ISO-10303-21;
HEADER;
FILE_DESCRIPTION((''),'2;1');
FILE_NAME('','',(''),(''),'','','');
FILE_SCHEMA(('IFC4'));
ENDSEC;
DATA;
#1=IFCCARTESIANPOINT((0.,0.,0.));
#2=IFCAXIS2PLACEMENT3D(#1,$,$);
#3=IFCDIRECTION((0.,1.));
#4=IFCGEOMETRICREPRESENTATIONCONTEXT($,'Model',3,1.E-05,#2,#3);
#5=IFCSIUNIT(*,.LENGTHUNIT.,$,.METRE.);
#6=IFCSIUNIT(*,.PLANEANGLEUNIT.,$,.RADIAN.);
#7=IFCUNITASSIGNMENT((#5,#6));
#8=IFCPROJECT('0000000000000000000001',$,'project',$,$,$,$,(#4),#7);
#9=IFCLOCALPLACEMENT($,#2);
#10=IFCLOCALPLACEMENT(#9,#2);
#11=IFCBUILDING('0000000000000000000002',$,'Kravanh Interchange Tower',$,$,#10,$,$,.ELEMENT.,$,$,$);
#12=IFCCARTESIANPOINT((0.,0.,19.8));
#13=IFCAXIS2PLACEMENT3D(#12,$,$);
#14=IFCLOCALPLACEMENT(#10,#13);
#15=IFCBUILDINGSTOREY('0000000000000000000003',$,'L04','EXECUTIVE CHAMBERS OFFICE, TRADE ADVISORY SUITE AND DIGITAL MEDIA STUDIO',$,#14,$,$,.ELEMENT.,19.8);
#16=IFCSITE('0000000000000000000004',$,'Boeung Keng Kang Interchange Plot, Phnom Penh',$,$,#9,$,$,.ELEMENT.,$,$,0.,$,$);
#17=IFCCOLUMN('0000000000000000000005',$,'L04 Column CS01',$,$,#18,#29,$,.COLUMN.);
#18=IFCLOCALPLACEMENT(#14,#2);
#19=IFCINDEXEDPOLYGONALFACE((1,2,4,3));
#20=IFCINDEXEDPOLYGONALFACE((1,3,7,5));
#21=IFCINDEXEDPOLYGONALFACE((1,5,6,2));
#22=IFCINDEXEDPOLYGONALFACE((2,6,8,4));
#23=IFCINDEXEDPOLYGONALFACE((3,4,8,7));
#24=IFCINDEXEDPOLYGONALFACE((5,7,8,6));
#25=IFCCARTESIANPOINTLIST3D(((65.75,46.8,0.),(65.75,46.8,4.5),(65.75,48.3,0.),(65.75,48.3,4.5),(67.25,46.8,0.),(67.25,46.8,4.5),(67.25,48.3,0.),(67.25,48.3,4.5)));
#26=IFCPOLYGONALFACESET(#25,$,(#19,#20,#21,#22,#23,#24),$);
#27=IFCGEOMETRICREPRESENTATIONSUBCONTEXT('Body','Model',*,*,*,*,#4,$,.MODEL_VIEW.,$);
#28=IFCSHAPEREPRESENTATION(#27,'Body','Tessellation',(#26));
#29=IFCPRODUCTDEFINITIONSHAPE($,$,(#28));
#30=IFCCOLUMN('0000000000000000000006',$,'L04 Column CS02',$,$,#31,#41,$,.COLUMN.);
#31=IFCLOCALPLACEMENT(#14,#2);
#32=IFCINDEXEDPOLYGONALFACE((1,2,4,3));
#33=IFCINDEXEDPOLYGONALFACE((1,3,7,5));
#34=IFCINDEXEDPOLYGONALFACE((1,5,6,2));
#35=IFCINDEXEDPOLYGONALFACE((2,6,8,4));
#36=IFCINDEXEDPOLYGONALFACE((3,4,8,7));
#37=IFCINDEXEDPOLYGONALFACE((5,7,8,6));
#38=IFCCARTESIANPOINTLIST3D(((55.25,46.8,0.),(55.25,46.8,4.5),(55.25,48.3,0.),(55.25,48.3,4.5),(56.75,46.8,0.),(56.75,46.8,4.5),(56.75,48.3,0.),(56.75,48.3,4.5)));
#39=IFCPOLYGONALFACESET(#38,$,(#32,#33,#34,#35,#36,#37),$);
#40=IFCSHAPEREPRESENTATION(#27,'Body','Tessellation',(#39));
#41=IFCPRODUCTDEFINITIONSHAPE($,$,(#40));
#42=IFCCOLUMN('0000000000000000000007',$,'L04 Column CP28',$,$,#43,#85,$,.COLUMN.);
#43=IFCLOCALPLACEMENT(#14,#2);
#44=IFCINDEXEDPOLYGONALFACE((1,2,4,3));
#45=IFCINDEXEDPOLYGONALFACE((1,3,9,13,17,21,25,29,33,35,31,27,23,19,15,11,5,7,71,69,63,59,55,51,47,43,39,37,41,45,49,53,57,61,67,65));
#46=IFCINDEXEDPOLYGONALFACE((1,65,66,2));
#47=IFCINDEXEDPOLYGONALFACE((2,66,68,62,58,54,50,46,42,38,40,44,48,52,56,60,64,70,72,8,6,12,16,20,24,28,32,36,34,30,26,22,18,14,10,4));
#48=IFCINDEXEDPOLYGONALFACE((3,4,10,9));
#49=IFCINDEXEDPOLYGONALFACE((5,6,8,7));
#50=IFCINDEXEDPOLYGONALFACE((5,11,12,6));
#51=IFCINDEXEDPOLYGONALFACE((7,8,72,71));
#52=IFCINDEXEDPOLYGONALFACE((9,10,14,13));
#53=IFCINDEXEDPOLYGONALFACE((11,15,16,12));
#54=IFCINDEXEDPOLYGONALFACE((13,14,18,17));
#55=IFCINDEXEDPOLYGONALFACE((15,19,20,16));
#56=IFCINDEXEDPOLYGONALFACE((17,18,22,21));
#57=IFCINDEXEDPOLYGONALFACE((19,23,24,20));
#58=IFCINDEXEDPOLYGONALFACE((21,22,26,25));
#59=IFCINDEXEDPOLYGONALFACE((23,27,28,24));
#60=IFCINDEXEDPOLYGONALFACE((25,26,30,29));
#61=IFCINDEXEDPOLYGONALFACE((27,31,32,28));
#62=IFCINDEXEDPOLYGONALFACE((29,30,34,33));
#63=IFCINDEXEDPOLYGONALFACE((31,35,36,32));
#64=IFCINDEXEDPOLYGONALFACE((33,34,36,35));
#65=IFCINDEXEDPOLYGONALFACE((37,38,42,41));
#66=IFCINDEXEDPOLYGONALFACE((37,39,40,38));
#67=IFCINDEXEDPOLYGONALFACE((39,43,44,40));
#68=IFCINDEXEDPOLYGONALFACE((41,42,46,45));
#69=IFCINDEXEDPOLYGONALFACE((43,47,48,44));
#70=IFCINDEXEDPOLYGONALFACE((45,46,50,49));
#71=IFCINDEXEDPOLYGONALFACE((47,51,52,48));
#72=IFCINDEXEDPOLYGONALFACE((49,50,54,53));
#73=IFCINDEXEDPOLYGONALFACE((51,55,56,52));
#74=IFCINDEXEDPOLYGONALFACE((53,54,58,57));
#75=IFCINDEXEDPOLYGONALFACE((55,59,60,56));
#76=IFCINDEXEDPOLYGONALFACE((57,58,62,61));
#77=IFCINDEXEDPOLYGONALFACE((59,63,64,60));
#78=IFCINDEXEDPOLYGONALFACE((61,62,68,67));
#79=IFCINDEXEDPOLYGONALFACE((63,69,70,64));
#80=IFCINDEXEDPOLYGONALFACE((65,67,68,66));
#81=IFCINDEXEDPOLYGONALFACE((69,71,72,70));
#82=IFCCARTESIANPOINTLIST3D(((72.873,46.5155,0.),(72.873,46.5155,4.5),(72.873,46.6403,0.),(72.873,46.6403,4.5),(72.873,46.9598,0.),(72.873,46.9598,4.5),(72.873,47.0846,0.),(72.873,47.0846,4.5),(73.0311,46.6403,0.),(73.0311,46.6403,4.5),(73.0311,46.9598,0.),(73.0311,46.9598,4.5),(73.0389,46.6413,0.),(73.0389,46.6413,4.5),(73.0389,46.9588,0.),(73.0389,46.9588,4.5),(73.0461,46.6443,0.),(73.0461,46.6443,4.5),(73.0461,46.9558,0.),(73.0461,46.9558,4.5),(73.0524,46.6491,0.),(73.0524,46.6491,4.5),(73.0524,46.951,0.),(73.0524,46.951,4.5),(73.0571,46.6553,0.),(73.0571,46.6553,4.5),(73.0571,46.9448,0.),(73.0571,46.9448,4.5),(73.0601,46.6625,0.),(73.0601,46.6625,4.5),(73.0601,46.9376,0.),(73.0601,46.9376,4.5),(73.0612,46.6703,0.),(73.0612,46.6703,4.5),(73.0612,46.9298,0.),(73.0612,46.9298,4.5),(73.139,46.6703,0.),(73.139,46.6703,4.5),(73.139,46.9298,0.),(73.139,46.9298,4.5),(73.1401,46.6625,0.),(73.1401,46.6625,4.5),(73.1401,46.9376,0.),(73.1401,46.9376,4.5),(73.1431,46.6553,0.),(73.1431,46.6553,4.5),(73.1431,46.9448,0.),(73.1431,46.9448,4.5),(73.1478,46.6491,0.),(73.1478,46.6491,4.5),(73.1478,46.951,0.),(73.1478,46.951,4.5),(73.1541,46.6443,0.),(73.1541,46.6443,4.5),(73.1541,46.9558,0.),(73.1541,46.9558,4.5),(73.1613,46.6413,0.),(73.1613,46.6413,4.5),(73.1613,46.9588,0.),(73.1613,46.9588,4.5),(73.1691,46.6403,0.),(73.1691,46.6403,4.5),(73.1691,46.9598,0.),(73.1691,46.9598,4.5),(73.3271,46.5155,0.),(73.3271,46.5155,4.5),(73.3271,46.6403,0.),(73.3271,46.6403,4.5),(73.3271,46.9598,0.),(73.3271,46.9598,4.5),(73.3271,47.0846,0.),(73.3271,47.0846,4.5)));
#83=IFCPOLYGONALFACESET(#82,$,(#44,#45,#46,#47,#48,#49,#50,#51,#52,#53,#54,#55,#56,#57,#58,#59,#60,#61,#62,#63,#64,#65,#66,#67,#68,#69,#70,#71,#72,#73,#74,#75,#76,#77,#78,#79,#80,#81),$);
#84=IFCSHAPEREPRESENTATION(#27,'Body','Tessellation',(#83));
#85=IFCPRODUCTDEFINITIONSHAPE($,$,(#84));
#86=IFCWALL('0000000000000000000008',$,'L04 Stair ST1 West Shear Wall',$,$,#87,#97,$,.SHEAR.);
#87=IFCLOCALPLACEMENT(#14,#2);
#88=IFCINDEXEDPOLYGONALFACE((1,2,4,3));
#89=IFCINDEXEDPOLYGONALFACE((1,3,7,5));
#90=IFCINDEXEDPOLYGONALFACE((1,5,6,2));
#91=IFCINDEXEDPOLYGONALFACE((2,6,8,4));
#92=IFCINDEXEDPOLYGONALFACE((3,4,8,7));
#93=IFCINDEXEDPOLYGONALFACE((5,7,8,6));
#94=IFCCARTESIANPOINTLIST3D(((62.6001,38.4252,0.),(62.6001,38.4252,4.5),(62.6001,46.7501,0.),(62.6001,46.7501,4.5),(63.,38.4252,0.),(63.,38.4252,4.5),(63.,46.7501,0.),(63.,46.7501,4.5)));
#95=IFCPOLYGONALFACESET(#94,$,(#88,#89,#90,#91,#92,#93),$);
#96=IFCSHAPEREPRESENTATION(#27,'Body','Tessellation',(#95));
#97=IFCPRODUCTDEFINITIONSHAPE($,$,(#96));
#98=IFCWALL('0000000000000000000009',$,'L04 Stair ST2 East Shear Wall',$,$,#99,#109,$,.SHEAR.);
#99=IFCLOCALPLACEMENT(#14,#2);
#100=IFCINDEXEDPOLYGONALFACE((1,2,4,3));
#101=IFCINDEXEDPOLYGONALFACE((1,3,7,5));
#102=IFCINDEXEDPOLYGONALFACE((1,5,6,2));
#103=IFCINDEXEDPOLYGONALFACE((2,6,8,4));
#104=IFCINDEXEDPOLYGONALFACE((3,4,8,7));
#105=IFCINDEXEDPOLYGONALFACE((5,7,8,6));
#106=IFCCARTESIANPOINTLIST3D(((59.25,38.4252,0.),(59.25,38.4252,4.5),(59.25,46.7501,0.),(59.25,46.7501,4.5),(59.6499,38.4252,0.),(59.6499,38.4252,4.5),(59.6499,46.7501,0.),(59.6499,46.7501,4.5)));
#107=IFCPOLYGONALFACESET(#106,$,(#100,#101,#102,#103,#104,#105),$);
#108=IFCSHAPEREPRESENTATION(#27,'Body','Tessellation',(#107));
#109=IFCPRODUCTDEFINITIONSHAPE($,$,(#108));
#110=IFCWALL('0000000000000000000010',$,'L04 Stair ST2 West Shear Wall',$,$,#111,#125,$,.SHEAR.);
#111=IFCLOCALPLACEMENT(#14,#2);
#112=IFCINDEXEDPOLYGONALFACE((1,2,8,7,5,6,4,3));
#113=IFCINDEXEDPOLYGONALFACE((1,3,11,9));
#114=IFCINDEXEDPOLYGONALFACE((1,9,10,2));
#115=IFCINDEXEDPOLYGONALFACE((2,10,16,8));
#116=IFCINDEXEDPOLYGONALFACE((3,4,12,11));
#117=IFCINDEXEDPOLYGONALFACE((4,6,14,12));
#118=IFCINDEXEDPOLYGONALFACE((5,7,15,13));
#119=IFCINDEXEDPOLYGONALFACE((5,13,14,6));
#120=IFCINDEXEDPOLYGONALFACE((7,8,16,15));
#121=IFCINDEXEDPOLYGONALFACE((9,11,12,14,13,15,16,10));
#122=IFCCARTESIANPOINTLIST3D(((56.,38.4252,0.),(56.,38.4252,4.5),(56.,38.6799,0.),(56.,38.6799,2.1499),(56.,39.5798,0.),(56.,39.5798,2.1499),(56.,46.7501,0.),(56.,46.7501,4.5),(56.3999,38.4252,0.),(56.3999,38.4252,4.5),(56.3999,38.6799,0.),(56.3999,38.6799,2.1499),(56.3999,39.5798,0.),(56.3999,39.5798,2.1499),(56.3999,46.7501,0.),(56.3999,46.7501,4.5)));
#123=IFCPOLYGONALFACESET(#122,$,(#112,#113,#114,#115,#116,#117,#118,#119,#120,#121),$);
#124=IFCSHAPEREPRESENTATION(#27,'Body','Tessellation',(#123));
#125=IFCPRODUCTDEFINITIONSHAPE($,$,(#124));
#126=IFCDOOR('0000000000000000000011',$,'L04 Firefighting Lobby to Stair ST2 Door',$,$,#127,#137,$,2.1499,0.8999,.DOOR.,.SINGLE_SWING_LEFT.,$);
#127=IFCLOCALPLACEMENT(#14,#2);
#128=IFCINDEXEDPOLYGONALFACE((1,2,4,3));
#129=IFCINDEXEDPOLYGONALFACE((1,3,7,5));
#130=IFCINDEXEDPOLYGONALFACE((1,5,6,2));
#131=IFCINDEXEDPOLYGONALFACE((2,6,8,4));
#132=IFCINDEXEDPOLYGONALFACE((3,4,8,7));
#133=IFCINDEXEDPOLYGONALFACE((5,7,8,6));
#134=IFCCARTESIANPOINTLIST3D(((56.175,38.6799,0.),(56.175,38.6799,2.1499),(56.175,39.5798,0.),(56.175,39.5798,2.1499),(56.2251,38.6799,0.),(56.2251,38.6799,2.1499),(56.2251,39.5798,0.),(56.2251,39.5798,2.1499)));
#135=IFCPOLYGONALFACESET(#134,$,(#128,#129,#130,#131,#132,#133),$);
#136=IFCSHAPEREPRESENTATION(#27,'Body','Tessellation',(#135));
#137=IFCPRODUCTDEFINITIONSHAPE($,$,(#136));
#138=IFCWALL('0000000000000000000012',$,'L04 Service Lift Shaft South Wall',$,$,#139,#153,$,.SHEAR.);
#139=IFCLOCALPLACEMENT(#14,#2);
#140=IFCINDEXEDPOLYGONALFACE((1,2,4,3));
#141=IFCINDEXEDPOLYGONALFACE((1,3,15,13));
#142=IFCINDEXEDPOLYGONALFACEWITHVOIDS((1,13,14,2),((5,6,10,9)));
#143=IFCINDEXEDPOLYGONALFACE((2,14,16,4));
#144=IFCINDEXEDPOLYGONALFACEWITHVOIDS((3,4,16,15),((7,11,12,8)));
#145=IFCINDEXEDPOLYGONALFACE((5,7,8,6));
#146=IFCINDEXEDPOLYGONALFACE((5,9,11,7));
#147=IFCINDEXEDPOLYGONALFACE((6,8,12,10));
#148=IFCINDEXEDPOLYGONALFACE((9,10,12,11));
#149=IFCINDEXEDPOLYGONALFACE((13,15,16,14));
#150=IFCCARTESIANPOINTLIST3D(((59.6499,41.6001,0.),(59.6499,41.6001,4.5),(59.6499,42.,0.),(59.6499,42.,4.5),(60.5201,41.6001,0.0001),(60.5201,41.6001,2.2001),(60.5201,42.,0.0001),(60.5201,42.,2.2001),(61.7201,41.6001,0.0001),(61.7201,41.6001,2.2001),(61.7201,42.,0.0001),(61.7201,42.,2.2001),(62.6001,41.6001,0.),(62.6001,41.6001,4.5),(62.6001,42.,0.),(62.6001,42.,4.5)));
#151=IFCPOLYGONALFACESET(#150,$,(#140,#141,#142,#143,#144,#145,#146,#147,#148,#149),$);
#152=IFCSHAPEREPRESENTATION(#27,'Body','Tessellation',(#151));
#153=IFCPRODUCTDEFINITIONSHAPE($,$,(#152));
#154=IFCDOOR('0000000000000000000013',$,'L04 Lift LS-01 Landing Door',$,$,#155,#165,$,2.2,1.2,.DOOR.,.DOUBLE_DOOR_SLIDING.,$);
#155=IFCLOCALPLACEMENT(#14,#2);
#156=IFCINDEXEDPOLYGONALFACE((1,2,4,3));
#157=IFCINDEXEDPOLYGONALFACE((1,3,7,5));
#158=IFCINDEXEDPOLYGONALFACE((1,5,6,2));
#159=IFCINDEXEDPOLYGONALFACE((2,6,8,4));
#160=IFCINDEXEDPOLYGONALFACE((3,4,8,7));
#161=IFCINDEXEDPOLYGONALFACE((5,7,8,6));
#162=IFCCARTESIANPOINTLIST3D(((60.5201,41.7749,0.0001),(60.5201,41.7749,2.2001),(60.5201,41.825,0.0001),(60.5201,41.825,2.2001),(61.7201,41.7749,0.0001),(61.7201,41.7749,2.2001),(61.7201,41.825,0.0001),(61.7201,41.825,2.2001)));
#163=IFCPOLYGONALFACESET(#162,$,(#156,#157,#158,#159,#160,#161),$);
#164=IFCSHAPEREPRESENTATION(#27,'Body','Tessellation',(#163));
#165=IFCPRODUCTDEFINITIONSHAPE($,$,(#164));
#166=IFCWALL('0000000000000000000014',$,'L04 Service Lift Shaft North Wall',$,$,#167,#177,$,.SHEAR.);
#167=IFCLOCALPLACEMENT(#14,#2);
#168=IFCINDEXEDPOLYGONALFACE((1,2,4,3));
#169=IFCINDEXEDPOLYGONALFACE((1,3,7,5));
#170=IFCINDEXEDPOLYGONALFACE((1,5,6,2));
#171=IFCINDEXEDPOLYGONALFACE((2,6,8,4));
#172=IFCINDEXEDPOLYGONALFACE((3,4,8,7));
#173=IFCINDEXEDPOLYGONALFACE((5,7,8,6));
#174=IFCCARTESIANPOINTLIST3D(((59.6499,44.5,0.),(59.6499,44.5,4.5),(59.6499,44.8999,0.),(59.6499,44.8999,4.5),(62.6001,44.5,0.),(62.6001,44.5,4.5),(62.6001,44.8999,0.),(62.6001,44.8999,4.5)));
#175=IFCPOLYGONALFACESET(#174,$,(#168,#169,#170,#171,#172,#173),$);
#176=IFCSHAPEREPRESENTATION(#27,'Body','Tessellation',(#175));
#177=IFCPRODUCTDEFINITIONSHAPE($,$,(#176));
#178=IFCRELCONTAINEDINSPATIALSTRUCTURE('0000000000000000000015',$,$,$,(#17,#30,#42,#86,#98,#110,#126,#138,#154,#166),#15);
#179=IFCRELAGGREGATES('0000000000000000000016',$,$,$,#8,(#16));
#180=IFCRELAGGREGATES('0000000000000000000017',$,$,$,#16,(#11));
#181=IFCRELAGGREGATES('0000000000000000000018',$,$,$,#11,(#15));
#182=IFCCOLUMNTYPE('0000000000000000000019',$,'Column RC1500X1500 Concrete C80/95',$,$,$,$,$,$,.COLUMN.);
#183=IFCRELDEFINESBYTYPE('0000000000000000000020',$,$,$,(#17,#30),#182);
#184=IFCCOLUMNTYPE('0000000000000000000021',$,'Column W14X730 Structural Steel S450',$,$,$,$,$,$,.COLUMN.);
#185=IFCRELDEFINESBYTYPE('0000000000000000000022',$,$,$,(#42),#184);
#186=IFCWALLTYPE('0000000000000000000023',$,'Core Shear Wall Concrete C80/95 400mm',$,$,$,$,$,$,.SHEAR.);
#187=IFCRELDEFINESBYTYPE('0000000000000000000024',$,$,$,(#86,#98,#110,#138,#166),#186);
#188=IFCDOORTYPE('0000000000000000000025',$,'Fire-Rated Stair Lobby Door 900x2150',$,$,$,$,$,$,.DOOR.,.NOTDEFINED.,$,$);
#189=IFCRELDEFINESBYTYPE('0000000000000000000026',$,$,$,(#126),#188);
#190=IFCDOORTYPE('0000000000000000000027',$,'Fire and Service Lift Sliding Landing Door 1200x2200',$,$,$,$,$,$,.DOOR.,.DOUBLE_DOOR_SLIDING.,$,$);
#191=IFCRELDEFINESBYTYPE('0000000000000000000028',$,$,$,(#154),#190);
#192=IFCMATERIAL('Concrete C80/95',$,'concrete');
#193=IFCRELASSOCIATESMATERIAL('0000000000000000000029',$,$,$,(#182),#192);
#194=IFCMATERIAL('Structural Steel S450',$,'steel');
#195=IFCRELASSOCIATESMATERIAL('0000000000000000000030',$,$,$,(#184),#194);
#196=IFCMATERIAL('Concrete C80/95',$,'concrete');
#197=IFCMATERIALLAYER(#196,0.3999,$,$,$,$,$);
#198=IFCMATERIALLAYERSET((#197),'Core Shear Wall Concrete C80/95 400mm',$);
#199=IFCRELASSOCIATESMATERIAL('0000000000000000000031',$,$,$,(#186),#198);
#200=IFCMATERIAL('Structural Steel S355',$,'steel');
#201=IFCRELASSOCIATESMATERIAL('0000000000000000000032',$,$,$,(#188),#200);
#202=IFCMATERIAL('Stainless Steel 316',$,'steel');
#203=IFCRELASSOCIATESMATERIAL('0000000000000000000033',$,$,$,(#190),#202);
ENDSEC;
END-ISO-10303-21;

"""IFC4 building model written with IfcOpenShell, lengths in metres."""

from ifc_helpers import new_model, si_unit, direction, frame, frame_2d, origin, origin_2d, place, context, subcontext, project, spatial, rectangle, i_section, extrude, material, layer, layer_set, material_profile, profile_set, type_object, element, fill, save


model = new_model("IFC4")

# Units and contexts
model_context = context("Model", 3, precision=1e-05, world=origin(), true_north=direction((0.0, 1.0)))
body_context = subcontext(model_context, "Body", "Model", "MODEL_VIEW")
ifc_project = project(units=[si_unit("LENGTHUNIT", "METRE"), si_unit("PLANEANGLEUNIT", "RADIAN")], contexts=[model_context])

# Site, building, storey
site_placement = place(None, origin())
site = spatial("IfcSite", under=ifc_project, at=site_placement, Name="Boeung Keng Kang Interchange Plot, Phnom Penh", CompositionType="ELEMENT", RefElevation=0.0)
building_placement = place(site_placement, origin())
building = spatial("IfcBuilding", under=site, at=building_placement, Name="Kravanh Interchange Tower", CompositionType="ELEMENT")
storey_placement = place(building_placement, frame((0.0, 0.0, 19.8)))
storey = spatial("IfcBuildingStorey", under=building, at=storey_placement, Name="L04", Description="EXECUTIVE CHAMBERS OFFICE, TRADE ADVISORY SUITE AND DIGITAL MEDIA STUDIO", CompositionType="ELEMENT", Elevation=19.8)

# Columns
ifc_material_1 = material(Name="Concrete C80/95", Category="concrete")
ifc_material_profile_1 = material_profile(ifc_material_1, rectangle(XDim=1.5, YDim=1.5, at=origin_2d()), Name="RC1500X1500")
ifc_profile_set_1 = profile_set([ifc_material_profile_1], Name="Concrete C80/95")
column_type_1 = type_object("IfcColumnType", Name="Column RC1500X1500 Concrete C80/95", PredefinedType="COLUMN", material=ifc_profile_set_1)
for number, where, z_axis, x_axis, name in (
    (1, (66.5, 47.55, 0.0), (0.0, 0.0, 1.0), (1.0, 0.0, 0.0), "L04 Column CS01"),
    (2, (56.0, 47.55, 0.0), (0.0, 0.0, 1.0), (1.0, 0.0, 0.0), "L04 Column CS02"),
):
    element("IfcColumn", number, at=place(storey_placement, frame(where, z_axis=z_axis, x_axis=x_axis)), inside=storey, type_object=column_type_1, Name=name, PredefinedType="COLUMN", context=body_context, shape_type="SweptSolid", body=[
        extrude(rectangle(XDim=1.5, YDim=1.5, at=origin_2d()), origin(), (0.0, 0.0, 1.0), 4.5),
    ])
ifc_material_2 = material(Name="Structural Steel S450", Category="steel")
ifc_material_profile_2 = material_profile(ifc_material_2, i_section(OverallWidth=0.4541, OverallDepth=0.5691, WebThickness=0.0779, FlangeThickness=0.1248, FilletRadius=0.03, at=origin_2d()), Name="W14X730")
ifc_profile_set_2 = profile_set([ifc_material_profile_2], Name="Structural Steel S450")
column_type_2 = type_object("IfcColumnType", Name="Column W14X730 Structural Steel S450", PredefinedType="COLUMN", material=ifc_profile_set_2)
column_placement = place(storey_placement, frame((73.1001, 46.8, 0.0), z_axis=(0.0, 0.0, 1.0), x_axis=(1.0, 0.0, 0.0)))
element("IfcColumn", 3, at=column_placement, inside=storey, type_object=column_type_2, Name="L04 Column CP28", PredefinedType="COLUMN", context=body_context, shape_type="SweptSolid", body=[
    extrude(i_section(OverallWidth=0.4541, OverallDepth=0.5691, WebThickness=0.0779, FlangeThickness=0.1248, FilletRadius=0.03, at=origin_2d()), origin(), (0.0, 0.0, 1.0), 4.5),
])

# Walls
ifc_material_3 = material(Name="Concrete C80/95", Category="concrete")
ifc_layer_1 = layer(ifc_material_3, 0.3999)
ifc_layer_set_1 = layer_set([ifc_layer_1], Name="Core Shear Wall Concrete C80/95 400mm")
wall_type_1 = type_object("IfcWallType", Name="Core Shear Wall Concrete C80/95 400mm", PredefinedType="SHEAR", material=ifc_layer_set_1)
for number, where, z_axis, x_axis, name in (
    (4, (62.8, 38.425, 0.0), (0.0, 0.0, 1.0), (0.0, 1.0, 0.0), "L04 Stair ST1 West Shear Wall"),
    (5, (59.45, 38.425, 0.0), (0.0, 0.0, 1.0), (0.0, 1.0, 0.0), "L04 Stair ST2 East Shear Wall"),
):
    element("IfcWall", number, at=place(storey_placement, frame(where, z_axis=z_axis, x_axis=x_axis)), inside=storey, type_object=wall_type_1, Name=name, PredefinedType="SHEAR", context=body_context, shape_type="SweptSolid", body=[
        extrude(rectangle(XDim=8.325, YDim=0.3999, at=frame_2d((4.1626, 0.0))), origin(), (0.0, 0.0, 1.0), 4.5),
    ])

# Walls, openings, doors
wall_1_placement = place(storey_placement, frame((56.2, 38.425, 0.0), z_axis=(0.0, 0.0, 1.0), x_axis=(0.0, 1.0, 0.0)))
wall_1 = element("IfcWall", 6, at=wall_1_placement, inside=storey, type_object=wall_type_1, Name="L04 Stair ST2 West Shear Wall", PredefinedType="SHEAR", context=body_context, shape_type="SweptSolid", body=[
    extrude(rectangle(XDim=8.325, YDim=0.3999, at=frame_2d((4.1626, 0.0))), origin(), (0.0, 0.0, 1.0), 4.5),
])
opening_1_placement = place(wall_1_placement, frame((0.2549, 0.0, 0.0)))
opening_1 = element("IfcOpeningElement", 7, at=opening_1_placement, cuts=wall_1, PredefinedType="OPENING", context=body_context, shape_type="SweptSolid", body=[
    extrude(rectangle(XDim=0.8999, YDim=2.1499, at=frame_2d((0.45, 1.075))), frame((0.0, 0.21, 0.0), z_axis=(0.0, -1.0, 0.0), x_axis=(1.0, 0.0, 0.0)), (0.0, 0.0, 1.0), 0.4199),
])
ifc_material_4 = material(Name="Structural Steel S355", Category="steel")
door_type_1 = type_object("IfcDoorType", Name="Fire-Rated Stair Lobby Door 900x2150", OperationType="NOTDEFINED", PredefinedType="DOOR", material=ifc_material_4)
door_1_placement = place(opening_1_placement, origin())
door_1 = element("IfcDoor", 8, at=door_1_placement, inside=storey, type_object=door_type_1, Name="L04 Firefighting Lobby to Stair ST2 Door", OperationType="SINGLE_SWING_LEFT", OverallHeight=2.1499, OverallWidth=0.8999, PredefinedType="DOOR", context=body_context, shape_type="SweptSolid", body=[
    extrude(rectangle(XDim=0.8999, YDim=2.1499, at=frame_2d((0.45, 1.075))), frame((0.0, 0.0249, 0.0), z_axis=(0.0, -1.0, 0.0), x_axis=(1.0, 0.0, 0.0)), (0.0, 0.0, 1.0), 0.05),
])
fill(opening_1, door_1)
wall_2_placement = place(storey_placement, frame((59.6499, 41.8, 0.0), z_axis=(0.0, 0.0, 1.0), x_axis=(1.0, 0.0, 0.0)))
wall_2 = element("IfcWall", 9, at=wall_2_placement, inside=storey, type_object=wall_type_1, Name="L04 Service Lift Shaft South Wall", PredefinedType="SHEAR", context=body_context, shape_type="SweptSolid", body=[
    extrude(rectangle(XDim=2.9502, YDim=0.3999, at=frame_2d((1.4751, 0.0))), origin(), (0.0, 0.0, 1.0), 4.5),
])
opening_2_placement = place(wall_2_placement, frame((0.8701, 0.0, 0.0)))
opening_2 = element("IfcOpeningElement", 10, at=opening_2_placement, cuts=wall_2, PredefinedType="OPENING", context=body_context, shape_type="SweptSolid", body=[
    extrude(rectangle(XDim=1.2, YDim=2.2, at=frame_2d((0.6001, 1.1001))), frame((0.0, 0.21, 0.0), z_axis=(0.0, -1.0, 0.0), x_axis=(1.0, 0.0, 0.0)), (0.0, 0.0, 1.0), 0.4199),
])
ifc_material_5 = material(Name="Stainless Steel 316", Category="steel")
door_type_2 = type_object("IfcDoorType", Name="Fire and Service Lift Sliding Landing Door 1200x2200", OperationType="DOUBLE_DOOR_SLIDING", PredefinedType="DOOR", material=ifc_material_5)
door_2_placement = place(opening_2_placement, origin())
door_2 = element("IfcDoor", 11, at=door_2_placement, inside=storey, type_object=door_type_2, Name="L04 Lift LS-01 Landing Door", OperationType="DOUBLE_DOOR_SLIDING", OverallHeight=2.2, OverallWidth=1.2, PredefinedType="DOOR", context=body_context, shape_type="SweptSolid", body=[
    extrude(rectangle(XDim=1.2, YDim=2.2, at=frame_2d((0.6001, 1.1001))), frame((0.0, 0.0249, 0.0), z_axis=(0.0, -1.0, 0.0), x_axis=(1.0, 0.0, 0.0)), (0.0, 0.0, 1.0), 0.05),
])
fill(opening_2, door_2)

# Wall
wall_3_placement = place(storey_placement, frame((59.6499, 44.7, 0.0), z_axis=(0.0, 0.0, 1.0), x_axis=(1.0, 0.0, 0.0)))
element("IfcWall", 12, at=wall_3_placement, inside=storey, type_object=wall_type_1, Name="L04 Service Lift Shaft North Wall", PredefinedType="SHEAR", context=body_context, shape_type="SweptSolid", body=[
    extrude(rectangle(XDim=2.9502, YDim=0.3999, at=frame_2d((1.4751, 0.0))), origin(), (0.0, 0.0, 1.0), 4.5),
])

save(model, "model.ifc")
